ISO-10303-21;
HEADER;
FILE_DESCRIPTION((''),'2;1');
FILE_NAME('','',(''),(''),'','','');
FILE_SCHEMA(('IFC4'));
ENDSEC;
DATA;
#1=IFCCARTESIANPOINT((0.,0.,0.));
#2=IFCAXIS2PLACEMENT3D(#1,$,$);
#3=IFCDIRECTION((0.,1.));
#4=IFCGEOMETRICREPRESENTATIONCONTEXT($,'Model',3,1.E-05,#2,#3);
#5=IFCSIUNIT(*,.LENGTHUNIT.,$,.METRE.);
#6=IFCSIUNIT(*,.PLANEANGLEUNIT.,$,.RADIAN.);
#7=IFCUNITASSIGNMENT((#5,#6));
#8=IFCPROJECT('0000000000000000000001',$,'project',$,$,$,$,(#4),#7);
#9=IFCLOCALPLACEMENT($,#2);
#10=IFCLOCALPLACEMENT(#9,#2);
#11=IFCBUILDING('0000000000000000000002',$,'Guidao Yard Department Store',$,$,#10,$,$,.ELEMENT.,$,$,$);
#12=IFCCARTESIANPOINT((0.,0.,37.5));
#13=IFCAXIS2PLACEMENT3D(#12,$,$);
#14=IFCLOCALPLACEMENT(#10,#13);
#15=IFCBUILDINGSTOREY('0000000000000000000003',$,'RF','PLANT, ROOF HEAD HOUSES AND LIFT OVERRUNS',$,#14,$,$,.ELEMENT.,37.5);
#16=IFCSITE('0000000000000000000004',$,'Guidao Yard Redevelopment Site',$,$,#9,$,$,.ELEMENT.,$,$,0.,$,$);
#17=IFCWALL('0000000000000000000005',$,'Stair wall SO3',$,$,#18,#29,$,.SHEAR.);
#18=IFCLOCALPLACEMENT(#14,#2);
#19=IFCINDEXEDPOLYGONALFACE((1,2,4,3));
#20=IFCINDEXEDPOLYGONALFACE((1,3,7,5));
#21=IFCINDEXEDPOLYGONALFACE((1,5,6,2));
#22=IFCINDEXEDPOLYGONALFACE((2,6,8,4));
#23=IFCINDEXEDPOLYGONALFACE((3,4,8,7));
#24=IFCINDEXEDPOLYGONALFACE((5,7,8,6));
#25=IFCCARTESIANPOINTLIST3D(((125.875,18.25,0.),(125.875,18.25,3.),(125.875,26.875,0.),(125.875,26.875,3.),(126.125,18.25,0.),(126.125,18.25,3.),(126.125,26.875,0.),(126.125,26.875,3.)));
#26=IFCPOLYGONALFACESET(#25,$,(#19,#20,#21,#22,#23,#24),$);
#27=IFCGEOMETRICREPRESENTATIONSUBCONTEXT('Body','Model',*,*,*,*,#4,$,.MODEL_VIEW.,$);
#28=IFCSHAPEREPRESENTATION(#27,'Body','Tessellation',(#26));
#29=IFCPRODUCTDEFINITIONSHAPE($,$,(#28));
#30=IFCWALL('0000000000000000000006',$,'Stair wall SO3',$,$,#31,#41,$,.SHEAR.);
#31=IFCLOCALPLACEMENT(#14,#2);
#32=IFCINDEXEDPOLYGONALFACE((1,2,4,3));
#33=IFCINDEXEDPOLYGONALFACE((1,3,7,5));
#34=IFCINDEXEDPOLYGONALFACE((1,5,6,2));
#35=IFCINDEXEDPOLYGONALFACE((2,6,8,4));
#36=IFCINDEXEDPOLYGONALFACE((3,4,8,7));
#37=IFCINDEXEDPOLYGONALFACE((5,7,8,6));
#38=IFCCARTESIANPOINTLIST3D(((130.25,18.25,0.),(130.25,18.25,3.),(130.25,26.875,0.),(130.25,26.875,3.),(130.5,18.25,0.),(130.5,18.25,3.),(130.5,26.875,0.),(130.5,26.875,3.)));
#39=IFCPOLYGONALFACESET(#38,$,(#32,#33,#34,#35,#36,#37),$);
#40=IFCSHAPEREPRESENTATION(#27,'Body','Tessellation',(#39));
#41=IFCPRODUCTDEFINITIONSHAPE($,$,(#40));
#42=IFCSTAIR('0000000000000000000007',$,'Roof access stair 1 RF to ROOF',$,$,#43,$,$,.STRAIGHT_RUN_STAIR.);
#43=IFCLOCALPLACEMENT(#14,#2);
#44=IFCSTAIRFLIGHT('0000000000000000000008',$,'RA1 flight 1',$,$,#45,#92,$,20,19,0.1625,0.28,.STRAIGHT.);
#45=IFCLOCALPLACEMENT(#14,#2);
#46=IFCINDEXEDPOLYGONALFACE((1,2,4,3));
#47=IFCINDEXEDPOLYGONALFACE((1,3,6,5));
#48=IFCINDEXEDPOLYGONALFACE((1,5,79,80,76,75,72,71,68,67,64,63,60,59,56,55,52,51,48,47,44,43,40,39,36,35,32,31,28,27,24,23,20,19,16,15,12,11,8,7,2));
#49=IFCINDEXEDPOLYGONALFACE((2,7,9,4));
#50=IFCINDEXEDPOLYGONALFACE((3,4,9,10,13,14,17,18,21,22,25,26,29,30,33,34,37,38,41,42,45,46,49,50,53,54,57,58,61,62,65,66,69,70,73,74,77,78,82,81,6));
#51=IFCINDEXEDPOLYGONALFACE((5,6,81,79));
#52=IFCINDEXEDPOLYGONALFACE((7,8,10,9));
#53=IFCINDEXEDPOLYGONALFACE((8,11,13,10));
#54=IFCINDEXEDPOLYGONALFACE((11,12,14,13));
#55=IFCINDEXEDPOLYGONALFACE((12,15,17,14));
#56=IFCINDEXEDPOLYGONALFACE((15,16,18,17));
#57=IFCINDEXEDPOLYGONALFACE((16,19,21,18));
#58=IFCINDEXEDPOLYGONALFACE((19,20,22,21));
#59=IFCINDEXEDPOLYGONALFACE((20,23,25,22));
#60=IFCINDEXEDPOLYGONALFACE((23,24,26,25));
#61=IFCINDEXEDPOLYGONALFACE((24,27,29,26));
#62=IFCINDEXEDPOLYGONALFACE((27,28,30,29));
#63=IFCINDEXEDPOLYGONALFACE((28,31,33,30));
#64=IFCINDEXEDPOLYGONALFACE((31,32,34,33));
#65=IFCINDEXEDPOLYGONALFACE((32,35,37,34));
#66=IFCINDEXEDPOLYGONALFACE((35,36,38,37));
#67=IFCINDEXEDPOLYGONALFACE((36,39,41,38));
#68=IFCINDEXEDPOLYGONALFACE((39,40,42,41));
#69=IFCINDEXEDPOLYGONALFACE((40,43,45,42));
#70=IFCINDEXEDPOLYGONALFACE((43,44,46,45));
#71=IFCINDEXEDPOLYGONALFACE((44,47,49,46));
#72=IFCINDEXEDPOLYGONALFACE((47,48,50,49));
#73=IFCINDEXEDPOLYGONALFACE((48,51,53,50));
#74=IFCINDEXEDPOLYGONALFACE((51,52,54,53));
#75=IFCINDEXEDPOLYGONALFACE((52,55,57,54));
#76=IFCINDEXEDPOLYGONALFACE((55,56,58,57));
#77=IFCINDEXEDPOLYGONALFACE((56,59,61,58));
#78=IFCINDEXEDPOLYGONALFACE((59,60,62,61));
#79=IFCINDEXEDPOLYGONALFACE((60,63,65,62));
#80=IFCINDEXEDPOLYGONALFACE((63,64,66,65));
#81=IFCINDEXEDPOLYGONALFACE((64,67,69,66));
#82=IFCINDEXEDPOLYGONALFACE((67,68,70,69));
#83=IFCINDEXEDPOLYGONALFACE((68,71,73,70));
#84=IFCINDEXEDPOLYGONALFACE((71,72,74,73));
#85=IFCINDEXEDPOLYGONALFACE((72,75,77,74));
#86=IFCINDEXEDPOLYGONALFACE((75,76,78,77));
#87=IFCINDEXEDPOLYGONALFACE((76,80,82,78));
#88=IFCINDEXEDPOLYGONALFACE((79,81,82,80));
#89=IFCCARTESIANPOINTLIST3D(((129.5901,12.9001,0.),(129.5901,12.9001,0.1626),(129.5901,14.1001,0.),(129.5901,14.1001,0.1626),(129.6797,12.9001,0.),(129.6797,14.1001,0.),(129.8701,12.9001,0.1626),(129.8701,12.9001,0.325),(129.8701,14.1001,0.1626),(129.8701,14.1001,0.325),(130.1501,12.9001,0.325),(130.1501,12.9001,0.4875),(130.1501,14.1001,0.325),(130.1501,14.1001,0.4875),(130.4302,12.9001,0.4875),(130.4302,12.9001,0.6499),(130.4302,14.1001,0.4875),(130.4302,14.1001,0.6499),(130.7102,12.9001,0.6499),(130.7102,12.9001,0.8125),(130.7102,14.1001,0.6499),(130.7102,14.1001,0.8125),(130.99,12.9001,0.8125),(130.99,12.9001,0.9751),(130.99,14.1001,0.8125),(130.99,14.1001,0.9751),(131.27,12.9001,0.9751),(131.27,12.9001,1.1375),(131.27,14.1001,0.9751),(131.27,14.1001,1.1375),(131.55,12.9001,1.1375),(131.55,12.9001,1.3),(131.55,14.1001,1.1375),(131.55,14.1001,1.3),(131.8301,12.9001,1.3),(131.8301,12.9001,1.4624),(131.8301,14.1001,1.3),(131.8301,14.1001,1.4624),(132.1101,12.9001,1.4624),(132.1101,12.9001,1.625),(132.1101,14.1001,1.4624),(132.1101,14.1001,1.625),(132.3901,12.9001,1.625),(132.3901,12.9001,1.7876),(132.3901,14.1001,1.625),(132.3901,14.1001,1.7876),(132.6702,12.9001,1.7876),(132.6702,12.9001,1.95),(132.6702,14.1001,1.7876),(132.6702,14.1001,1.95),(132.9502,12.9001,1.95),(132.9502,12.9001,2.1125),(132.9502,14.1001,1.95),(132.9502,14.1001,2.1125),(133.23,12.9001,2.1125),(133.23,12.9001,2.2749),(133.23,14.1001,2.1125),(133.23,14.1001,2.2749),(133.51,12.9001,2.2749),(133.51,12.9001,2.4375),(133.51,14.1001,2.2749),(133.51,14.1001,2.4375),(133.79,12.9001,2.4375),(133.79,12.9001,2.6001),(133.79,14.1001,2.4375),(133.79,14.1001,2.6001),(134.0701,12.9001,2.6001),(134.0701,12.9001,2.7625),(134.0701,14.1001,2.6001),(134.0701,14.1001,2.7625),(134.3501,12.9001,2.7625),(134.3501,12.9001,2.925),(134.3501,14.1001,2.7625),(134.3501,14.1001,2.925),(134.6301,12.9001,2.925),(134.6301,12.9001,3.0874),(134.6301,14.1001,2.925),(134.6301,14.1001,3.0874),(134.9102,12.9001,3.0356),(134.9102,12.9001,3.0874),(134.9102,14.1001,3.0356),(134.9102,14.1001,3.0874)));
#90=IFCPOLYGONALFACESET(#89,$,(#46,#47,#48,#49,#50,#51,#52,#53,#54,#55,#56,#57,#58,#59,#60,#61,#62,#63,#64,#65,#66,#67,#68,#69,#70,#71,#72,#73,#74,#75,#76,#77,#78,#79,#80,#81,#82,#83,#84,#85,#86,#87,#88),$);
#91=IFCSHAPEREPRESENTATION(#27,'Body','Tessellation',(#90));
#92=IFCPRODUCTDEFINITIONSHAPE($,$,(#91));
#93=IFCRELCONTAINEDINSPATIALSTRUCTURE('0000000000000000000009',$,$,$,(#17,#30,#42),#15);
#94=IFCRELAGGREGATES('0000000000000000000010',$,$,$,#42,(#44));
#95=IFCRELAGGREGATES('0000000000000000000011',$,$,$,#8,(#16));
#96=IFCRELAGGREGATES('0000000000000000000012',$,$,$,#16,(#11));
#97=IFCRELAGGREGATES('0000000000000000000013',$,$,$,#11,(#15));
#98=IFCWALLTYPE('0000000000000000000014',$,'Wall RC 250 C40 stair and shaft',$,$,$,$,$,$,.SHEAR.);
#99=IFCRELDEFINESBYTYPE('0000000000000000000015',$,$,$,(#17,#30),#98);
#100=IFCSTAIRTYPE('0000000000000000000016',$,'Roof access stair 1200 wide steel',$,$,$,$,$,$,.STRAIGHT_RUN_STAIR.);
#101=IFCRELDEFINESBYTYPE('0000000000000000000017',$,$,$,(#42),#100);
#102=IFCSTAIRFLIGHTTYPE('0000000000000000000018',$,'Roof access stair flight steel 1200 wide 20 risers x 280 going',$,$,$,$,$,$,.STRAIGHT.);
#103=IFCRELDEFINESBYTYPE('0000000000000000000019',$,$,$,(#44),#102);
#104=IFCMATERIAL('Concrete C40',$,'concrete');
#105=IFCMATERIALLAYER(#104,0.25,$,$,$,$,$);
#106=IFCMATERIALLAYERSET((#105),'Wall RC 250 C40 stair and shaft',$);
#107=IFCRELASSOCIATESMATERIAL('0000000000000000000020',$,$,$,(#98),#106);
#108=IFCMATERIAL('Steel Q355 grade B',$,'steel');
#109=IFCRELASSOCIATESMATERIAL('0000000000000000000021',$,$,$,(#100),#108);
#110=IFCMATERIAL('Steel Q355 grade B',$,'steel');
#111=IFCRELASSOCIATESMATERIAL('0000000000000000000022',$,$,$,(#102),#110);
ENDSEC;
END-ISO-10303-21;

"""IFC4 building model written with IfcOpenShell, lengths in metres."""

from ifc_helpers import new_model, si_unit, direction, frame, frame_2d, origin, place, context, subcontext, project, spatial, polyline, rectangle, outline, extrude, material, layer, layer_set, type_object, element, aggregate, save


model = new_model("IFC4")

# Units and contexts
model_context = context("Model", 3, precision=1e-05, world=origin(), true_north=direction((0.0, 1.0)))
body_context = subcontext(model_context, "Body", "Model", "MODEL_VIEW")
ifc_project = project(units=[si_unit("LENGTHUNIT", "METRE"), si_unit("PLANEANGLEUNIT", "RADIAN")], contexts=[model_context])

# Site, building, storey
site_placement = place(None, origin())
site = spatial("IfcSite", under=ifc_project, at=site_placement, Name="Guidao Yard Redevelopment Site", CompositionType="ELEMENT", RefElevation=0.0)
building_placement = place(site_placement, origin())
building = spatial("IfcBuilding", under=site, at=building_placement, Name="Guidao Yard Department Store", CompositionType="ELEMENT")
storey_placement = place(building_placement, frame((0.0, 0.0, 37.5)))
storey = spatial("IfcBuildingStorey", under=building, at=storey_placement, Name="RF", Description="PLANT, ROOF HEAD HOUSES AND LIFT OVERRUNS", CompositionType="ELEMENT", Elevation=37.5)

# Shared definitions
ifc_material_1 = material(Name="Concrete C40", Category="concrete")
ifc_layer_1 = layer(ifc_material_1, 0.25)
ifc_layer_set_1 = layer_set([ifc_layer_1], Name="Wall RC 250 C40 stair and shaft")
wall_type_1 = type_object("IfcWallType", Name="Wall RC 250 C40 stair and shaft", PredefinedType="SHEAR", material=ifc_layer_set_1)

# Walls
for number, where, z_axis, x_axis, name in (
    (1, (126.0, 18.25, 0.0), (0.0, 0.0, 1.0), (0.0, 1.0, 0.0), "Stair wall SO3"),
    (2, (130.375, 18.25, 0.0), (0.0, 0.0, 1.0), (0.0, 1.0, 0.0), "Stair wall SO3"),
):
    element("IfcWall", number, at=place(storey_placement, frame(where, z_axis=z_axis, x_axis=x_axis)), inside=storey, type_object=wall_type_1, Name=name, PredefinedType="SHEAR", context=body_context, shape_type="SweptSolid", body=[
        extrude(rectangle(XDim=8.625, YDim=0.25, at=frame_2d((4.3125, 0.0))), origin(), (0.0, 0.0, 1.0), 3.0),
    ])

# Stair, stair flight
ifc_material_2 = material(Name="Steel Q355 grade B", Category="steel")
stair_type = type_object("IfcStairType", Name="Roof access stair 1200 wide steel", PredefinedType="STRAIGHT_RUN_STAIR", material=ifc_material_2)
stair_placement = place(storey_placement, origin())
stair = element("IfcStair", 3, at=stair_placement, inside=storey, type_object=stair_type, Name="Roof access stair 1 RF to ROOF", PredefinedType="STRAIGHT_RUN_STAIR")
ifc_material_3 = material(Name="Steel Q355 grade B", Category="steel")
stair_flight_type = type_object("IfcStairFlightType", Name="Roof access stair flight steel 1200 wide 20 risers x 280 going", PredefinedType="STRAIGHT", material=ifc_material_3)
stair_flight_placement = place(storey_placement, frame((129.5901, 13.5, 0.0), z_axis=(0.0, 0.0, 1.0), x_axis=(1.0, 0.0, 0.0)))
stair_flight = element("IfcStairFlight", 4, at=stair_flight_placement, type_object=stair_flight_type, Name="RA1 flight 1", NumberOfRisers=20, NumberOfTreads=19, PredefinedType="STRAIGHT", RiserHeight=0.1625, TreadLength=0.28, context=body_context, shape_type="SweptSolid", body=[
    extrude(outline(polyline([(0.0, 0.0), (0.0, 0.1626), (0.28, 0.1626), (0.28, 0.325), (0.5601, 0.325), (0.5601, 0.4875), (0.8401, 0.4875), (0.8401, 0.6499), (1.1201, 0.6499), (1.1201, 0.8125), (1.3999, 0.8125), (1.3999, 0.9751), (1.6799, 0.9751), (1.6799, 1.1375), (1.96, 1.1375), (1.96, 1.3), (2.24, 1.3), (2.24, 1.4624), (2.52, 1.4624), (2.52, 1.625), (2.8, 1.625), (2.8, 1.7876), (3.0801, 1.7876), (3.0801, 1.95), (3.3601, 1.95), (3.3601, 2.1125), (3.6399, 2.1125), (3.6399, 2.2749), (3.9199, 2.2749), (3.9199, 2.4375), (4.2, 2.4375), (4.2, 2.6001), (4.48, 2.6001), (4.48, 2.7625), (4.76, 2.7625), (4.76, 2.925), (5.04, 2.925), (5.04, 3.0874), (5.3201, 3.0874), (5.3201, 3.25), (5.3201, 3.0356), (0.0896, 0.0), (0.0, 0.0)])), frame((0.0, 0.6001, 0.0), z_axis=(0.0, -1.0, 0.0), x_axis=(1.0, 0.0, 0.0)), (0.0, 0.0, 1.0), 1.2),
])
aggregate(stair, [stair_flight])

save(model, "model.ifc")
